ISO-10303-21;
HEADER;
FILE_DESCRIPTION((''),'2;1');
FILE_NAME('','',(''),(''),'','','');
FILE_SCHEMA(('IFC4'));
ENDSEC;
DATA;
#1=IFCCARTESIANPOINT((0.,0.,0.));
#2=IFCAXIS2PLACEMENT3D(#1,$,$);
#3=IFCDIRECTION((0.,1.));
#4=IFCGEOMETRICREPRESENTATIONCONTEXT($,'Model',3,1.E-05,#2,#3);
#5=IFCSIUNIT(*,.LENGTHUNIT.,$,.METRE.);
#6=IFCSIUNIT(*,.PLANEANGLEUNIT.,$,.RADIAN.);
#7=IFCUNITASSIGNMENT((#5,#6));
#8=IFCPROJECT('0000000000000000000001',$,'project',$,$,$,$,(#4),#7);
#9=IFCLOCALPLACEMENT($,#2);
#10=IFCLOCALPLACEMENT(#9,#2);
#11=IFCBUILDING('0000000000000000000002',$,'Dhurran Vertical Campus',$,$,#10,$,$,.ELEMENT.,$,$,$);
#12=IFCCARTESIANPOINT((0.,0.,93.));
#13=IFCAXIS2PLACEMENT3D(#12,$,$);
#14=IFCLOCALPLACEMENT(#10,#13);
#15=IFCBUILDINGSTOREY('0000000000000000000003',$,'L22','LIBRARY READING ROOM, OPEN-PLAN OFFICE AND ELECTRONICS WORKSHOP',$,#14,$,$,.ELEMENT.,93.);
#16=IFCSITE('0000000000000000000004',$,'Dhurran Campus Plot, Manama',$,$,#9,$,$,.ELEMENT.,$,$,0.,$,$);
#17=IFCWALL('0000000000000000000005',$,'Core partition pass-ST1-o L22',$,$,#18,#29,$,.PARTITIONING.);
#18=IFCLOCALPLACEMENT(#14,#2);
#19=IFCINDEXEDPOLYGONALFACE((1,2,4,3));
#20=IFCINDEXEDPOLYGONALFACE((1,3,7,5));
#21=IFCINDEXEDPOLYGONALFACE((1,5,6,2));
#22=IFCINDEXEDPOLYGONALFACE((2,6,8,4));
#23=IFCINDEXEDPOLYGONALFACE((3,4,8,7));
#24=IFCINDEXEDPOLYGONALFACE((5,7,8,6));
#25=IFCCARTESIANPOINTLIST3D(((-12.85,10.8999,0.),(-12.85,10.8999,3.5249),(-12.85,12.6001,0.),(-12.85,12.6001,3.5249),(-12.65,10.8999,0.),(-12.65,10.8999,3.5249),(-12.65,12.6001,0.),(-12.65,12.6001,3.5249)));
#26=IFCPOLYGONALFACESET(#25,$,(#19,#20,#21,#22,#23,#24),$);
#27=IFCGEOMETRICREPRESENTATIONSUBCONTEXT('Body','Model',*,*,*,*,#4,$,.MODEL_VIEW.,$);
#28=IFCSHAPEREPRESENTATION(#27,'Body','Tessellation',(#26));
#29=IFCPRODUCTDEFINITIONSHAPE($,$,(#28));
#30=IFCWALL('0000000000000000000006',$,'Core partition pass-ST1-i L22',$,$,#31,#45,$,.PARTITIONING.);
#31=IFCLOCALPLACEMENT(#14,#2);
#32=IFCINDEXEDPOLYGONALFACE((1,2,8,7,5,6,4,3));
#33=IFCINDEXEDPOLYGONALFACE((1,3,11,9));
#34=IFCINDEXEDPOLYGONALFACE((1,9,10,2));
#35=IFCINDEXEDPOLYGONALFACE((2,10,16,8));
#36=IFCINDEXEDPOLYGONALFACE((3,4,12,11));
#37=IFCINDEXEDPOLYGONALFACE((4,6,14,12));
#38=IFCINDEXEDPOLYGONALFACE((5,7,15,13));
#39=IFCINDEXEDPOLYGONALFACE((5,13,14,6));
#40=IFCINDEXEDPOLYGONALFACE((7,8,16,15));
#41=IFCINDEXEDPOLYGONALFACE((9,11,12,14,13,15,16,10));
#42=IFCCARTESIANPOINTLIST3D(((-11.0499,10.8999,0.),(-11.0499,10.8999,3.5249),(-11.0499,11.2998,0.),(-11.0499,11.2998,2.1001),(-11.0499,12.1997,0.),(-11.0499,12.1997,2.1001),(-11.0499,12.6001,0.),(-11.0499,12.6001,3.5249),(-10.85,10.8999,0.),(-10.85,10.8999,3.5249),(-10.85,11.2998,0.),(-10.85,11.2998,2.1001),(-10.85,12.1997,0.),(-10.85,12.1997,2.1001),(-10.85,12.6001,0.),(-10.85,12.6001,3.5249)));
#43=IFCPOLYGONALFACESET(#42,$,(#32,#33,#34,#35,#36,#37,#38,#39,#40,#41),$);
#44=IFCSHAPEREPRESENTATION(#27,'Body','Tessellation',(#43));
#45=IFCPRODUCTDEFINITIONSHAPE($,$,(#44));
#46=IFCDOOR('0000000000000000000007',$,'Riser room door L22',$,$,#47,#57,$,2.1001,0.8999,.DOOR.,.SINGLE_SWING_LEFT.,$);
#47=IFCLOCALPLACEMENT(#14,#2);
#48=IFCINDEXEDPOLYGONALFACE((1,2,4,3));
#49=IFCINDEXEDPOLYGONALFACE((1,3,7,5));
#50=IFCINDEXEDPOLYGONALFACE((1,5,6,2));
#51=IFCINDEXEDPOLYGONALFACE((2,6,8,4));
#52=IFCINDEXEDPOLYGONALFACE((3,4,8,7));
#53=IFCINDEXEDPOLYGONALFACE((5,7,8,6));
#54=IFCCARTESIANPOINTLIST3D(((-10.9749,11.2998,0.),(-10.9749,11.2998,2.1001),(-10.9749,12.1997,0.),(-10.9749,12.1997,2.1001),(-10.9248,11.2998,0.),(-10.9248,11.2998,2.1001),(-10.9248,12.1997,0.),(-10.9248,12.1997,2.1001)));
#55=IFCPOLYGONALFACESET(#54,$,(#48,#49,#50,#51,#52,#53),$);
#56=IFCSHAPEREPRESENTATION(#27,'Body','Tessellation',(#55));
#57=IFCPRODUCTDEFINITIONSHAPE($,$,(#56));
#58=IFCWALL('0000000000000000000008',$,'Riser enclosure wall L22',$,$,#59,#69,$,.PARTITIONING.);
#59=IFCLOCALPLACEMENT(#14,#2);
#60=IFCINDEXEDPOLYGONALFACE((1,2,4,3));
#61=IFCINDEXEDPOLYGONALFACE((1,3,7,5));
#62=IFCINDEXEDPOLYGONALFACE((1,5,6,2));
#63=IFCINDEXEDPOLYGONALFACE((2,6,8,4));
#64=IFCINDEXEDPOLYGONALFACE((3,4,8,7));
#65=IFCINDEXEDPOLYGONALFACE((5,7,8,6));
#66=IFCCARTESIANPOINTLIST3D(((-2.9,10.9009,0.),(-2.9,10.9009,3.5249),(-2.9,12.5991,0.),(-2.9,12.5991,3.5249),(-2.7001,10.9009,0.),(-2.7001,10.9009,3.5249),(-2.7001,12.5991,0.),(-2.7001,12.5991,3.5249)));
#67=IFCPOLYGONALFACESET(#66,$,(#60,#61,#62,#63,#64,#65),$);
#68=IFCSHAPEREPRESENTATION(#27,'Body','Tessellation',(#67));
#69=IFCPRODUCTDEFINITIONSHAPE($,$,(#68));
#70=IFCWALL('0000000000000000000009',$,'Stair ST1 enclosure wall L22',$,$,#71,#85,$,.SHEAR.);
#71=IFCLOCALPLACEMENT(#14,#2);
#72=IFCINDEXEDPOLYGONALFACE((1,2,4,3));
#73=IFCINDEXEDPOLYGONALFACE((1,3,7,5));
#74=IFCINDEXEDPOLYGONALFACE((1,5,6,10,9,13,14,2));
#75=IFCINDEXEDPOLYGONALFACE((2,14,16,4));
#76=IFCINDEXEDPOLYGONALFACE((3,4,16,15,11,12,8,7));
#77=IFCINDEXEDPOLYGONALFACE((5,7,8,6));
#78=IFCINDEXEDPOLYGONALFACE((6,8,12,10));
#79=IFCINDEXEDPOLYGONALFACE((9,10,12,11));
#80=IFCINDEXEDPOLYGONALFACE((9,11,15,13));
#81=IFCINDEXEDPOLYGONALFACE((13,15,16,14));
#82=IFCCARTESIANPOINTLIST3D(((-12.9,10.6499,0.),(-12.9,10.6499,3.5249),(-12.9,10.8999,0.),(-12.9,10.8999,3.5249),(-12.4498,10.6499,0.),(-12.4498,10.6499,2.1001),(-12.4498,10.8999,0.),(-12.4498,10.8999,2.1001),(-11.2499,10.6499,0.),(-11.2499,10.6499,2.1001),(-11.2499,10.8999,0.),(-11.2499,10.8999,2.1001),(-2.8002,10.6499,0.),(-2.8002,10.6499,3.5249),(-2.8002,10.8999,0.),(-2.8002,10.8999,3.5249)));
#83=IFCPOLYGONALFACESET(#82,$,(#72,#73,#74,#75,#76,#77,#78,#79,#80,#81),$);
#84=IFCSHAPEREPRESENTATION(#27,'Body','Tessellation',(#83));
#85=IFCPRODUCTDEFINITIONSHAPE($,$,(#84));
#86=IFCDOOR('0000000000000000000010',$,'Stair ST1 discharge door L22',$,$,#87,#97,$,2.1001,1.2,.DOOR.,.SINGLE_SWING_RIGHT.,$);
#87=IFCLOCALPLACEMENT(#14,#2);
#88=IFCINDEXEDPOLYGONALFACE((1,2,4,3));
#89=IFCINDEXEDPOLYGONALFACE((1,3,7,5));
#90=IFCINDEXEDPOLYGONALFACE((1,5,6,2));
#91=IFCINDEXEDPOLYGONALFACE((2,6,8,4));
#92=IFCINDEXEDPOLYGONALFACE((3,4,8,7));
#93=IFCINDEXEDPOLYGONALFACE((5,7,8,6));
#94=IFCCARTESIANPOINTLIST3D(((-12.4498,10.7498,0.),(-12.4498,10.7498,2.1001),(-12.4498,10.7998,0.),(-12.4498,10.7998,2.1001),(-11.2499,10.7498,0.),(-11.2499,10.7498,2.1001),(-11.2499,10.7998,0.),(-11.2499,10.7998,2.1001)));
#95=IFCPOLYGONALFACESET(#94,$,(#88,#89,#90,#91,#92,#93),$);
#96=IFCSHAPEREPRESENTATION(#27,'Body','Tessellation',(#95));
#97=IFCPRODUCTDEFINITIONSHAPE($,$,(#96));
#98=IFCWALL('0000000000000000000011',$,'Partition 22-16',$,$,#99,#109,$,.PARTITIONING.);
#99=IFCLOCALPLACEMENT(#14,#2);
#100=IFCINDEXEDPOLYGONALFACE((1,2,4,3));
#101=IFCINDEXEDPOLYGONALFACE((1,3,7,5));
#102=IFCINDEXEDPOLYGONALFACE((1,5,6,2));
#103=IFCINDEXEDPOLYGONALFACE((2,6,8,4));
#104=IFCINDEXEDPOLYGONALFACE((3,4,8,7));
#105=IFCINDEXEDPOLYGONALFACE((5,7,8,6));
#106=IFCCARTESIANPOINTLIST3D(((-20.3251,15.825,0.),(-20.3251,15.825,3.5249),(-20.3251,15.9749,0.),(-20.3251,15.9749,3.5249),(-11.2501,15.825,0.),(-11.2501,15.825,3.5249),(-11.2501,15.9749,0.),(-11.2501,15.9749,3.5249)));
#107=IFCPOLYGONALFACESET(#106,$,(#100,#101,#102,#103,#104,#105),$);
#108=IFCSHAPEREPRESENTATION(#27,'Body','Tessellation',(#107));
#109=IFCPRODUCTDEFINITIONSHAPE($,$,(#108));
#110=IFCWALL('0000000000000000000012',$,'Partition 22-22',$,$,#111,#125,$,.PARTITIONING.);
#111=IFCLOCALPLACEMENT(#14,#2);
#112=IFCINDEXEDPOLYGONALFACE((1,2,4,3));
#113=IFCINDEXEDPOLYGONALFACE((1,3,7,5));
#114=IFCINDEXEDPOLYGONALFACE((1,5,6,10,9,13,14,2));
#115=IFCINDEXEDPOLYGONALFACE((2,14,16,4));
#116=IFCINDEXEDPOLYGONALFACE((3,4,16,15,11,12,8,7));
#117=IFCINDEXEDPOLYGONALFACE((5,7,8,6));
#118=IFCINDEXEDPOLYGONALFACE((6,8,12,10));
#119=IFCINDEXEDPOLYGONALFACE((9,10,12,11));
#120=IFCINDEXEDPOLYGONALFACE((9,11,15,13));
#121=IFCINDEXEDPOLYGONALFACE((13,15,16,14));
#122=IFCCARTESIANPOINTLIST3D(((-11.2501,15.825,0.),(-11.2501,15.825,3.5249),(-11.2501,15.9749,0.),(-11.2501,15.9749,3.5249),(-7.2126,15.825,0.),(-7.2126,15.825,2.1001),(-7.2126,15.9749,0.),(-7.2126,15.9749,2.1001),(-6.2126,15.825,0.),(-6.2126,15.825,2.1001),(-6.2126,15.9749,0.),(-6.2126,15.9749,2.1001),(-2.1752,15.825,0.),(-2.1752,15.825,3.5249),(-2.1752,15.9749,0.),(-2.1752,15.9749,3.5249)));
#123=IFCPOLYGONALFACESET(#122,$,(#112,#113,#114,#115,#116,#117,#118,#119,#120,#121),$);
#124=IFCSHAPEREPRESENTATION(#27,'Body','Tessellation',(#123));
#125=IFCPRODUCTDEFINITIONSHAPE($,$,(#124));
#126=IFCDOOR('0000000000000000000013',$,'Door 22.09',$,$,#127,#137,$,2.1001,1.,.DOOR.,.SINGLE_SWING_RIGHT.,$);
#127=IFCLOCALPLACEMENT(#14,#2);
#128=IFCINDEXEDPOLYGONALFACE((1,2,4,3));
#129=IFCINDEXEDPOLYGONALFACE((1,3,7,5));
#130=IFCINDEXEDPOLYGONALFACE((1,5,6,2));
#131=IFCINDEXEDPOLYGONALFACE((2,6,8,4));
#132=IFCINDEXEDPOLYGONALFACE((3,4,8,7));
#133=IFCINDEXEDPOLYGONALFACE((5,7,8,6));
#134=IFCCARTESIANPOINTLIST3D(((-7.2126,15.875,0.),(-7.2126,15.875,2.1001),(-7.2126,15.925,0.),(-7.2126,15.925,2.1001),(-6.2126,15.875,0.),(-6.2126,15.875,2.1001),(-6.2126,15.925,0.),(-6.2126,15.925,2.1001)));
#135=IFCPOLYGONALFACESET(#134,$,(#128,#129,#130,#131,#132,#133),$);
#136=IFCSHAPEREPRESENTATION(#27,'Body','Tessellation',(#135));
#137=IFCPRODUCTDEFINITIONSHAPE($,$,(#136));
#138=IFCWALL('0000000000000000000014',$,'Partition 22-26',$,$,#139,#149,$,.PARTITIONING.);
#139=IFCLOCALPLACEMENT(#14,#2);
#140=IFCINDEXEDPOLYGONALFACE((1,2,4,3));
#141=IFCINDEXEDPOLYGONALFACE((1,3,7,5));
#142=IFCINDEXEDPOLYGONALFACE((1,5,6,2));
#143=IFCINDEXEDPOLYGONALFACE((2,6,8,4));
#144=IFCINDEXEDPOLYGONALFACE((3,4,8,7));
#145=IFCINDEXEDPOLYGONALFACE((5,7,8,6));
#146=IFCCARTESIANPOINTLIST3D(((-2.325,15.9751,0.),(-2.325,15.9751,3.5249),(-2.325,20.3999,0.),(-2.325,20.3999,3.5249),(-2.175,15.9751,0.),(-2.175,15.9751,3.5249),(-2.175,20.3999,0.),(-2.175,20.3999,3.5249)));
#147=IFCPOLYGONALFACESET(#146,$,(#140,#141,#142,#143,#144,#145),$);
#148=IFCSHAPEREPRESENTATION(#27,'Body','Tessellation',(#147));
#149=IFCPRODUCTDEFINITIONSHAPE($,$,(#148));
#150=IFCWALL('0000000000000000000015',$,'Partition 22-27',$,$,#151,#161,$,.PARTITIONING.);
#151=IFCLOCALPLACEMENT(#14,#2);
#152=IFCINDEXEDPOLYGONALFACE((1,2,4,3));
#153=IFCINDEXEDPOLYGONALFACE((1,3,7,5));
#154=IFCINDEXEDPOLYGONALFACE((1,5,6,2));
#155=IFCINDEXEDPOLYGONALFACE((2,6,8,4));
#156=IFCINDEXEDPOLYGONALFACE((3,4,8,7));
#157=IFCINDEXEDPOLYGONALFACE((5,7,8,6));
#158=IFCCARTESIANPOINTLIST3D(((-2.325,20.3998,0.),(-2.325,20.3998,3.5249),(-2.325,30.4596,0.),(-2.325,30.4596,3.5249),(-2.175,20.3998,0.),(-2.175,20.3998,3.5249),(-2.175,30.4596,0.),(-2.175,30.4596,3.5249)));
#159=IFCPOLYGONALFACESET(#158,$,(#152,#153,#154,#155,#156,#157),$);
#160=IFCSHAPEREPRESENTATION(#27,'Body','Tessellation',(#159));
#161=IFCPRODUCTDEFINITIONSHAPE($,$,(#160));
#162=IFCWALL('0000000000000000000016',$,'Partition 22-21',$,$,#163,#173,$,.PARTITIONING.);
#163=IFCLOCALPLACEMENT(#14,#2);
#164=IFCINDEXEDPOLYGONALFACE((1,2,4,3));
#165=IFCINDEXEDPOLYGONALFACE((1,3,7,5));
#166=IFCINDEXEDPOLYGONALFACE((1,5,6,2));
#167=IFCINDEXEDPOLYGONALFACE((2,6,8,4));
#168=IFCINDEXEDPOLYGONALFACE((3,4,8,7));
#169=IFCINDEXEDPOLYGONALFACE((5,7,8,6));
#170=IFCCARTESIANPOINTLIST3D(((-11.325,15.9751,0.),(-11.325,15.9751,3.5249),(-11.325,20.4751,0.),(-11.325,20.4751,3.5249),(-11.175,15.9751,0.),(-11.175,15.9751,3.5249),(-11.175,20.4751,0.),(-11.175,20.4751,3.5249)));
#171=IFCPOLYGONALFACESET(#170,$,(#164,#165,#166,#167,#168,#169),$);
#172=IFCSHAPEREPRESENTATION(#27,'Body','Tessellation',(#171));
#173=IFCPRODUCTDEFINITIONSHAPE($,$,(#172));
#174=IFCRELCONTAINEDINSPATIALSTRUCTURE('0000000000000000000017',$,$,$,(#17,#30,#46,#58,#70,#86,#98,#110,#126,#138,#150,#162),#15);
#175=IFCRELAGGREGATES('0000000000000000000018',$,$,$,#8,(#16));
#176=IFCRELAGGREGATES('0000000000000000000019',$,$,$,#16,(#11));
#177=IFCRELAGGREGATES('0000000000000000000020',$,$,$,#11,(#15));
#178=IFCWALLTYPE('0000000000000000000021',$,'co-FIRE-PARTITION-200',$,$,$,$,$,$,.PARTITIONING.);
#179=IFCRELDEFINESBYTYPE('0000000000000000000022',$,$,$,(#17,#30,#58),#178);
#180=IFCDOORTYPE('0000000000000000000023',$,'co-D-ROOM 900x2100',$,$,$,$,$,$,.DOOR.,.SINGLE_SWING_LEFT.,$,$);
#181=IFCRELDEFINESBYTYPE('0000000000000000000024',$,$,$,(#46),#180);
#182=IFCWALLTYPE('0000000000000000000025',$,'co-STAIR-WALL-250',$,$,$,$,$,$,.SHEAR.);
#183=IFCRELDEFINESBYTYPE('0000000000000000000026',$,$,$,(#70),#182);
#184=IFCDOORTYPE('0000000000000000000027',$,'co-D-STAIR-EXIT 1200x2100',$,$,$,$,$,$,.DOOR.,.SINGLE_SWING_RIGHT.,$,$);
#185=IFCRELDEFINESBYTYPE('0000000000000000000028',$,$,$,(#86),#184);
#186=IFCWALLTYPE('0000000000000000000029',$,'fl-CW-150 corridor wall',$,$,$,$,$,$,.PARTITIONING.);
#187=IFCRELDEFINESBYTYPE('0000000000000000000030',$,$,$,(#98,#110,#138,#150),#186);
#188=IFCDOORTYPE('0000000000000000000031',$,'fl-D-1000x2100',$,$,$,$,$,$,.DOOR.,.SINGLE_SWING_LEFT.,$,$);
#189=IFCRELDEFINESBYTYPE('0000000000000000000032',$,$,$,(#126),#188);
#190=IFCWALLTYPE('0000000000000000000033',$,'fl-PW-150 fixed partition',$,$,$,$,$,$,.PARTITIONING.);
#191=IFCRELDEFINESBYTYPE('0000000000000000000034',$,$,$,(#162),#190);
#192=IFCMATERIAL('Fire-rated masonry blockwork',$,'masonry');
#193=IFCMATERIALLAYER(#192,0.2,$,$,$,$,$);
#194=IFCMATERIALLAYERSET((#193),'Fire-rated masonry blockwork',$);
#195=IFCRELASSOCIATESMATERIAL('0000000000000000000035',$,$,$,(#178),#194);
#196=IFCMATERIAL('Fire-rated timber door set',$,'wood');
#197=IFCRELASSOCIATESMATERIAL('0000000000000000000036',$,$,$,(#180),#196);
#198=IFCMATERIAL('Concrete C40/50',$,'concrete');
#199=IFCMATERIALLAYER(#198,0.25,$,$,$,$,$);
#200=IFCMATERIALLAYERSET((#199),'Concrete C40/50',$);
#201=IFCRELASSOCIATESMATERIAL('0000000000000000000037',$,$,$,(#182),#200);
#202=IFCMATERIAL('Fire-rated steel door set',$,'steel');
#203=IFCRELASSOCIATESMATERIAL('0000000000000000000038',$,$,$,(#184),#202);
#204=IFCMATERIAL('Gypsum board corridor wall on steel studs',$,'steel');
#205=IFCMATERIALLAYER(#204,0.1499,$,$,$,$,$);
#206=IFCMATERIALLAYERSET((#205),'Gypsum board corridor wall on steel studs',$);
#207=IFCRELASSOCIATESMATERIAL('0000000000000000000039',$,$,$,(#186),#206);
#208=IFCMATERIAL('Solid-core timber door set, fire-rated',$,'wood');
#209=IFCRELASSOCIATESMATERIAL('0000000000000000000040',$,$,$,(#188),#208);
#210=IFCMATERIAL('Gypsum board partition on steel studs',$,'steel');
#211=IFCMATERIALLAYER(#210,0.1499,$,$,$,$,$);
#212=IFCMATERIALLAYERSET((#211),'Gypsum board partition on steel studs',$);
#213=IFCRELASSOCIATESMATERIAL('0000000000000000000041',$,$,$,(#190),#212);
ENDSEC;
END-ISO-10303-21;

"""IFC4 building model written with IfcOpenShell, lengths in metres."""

from ifc_helpers import new_model, si_unit, direction, frame, frame_2d, origin, place, context, subcontext, project, spatial, rectangle, extrude, material, layer, layer_set, type_object, element, fill, save


model = new_model("IFC4")

# Units and contexts
model_context = context("Model", 3, precision=1e-05, world=origin(), true_north=direction((0.0, 1.0)))
body_context = subcontext(model_context, "Body", "Model", "MODEL_VIEW")
ifc_project = project(units=[si_unit("LENGTHUNIT", "METRE"), si_unit("PLANEANGLEUNIT", "RADIAN")], contexts=[model_context])

# Site, building, storey
site_placement = place(None, origin())
site = spatial("IfcSite", under=ifc_project, at=site_placement, Name="Dhurran Campus Plot, Manama", CompositionType="ELEMENT", RefElevation=0.0)
building_placement = place(site_placement, origin())
building = spatial("IfcBuilding", under=site, at=building_placement, Name="Dhurran Vertical Campus", CompositionType="ELEMENT")
storey_placement = place(building_placement, frame((0.0, 0.0, 93.0)))
storey = spatial("IfcBuildingStorey", under=building, at=storey_placement, Name="L22", Description="LIBRARY READING ROOM, OPEN-PLAN OFFICE AND ELECTRONICS WORKSHOP", CompositionType="ELEMENT", Elevation=93.0)

# Wall
ifc_material_1 = material(Name="Fire-rated masonry blockwork", Category="masonry")
ifc_layer_1 = layer(ifc_material_1, 0.2)
ifc_layer_set_1 = layer_set([ifc_layer_1], Name="Fire-rated masonry blockwork")
wall_type_1 = type_object("IfcWallType", Name="co-FIRE-PARTITION-200", PredefinedType="PARTITIONING", material=ifc_layer_set_1)
wall_1_placement = place(storey_placement, frame((-12.75, 10.8999, 0.0), z_axis=(0.0, 0.0, 1.0), x_axis=(0.0, 1.0, 0.0)))
element("IfcWall", 1, at=wall_1_placement, inside=storey, type_object=wall_type_1, Name="Core partition pass-ST1-o L22", PredefinedType="PARTITIONING", context=body_context, shape_type="SweptSolid", body=[
    extrude(rectangle(XDim=1.7002, YDim=0.2, at=frame_2d((0.8501, 0.0))), origin(), (0.0, 0.0, 1.0), 3.5249),
])

# Wall, opening, door
wall_2_placement = place(storey_placement, frame((-10.95, 10.8999, 0.0), z_axis=(0.0, 0.0, 1.0), x_axis=(0.0, 1.0, 0.0)))
wall_2 = element("IfcWall", 2, at=wall_2_placement, inside=storey, type_object=wall_type_1, Name="Core partition pass-ST1-i L22", PredefinedType="PARTITIONING", context=body_context, shape_type="SweptSolid", body=[
    extrude(rectangle(XDim=1.7002, YDim=0.2, at=frame_2d((0.8501, 0.0))), origin(), (0.0, 0.0, 1.0), 3.5249),
])
opening_1_placement = place(wall_2_placement, frame((0.3999, 0.0, 0.0)))
opening_1 = element("IfcOpeningElement", 3, at=opening_1_placement, cuts=wall_2, PredefinedType="OPENING", context=body_context, shape_type="SweptSolid", body=[
    extrude(rectangle(XDim=0.8999, YDim=2.1001, at=frame_2d((0.45, 1.05))), frame((0.0, 0.1099, 0.0), z_axis=(0.0, -1.0, 0.0), x_axis=(1.0, 0.0, 0.0)), (0.0, 0.0, 1.0), 0.22),
])
ifc_material_2 = material(Name="Fire-rated timber door set", Category="wood")
door_type_1 = type_object("IfcDoorType", Name="co-D-ROOM 900x2100", OperationType="SINGLE_SWING_LEFT", PredefinedType="DOOR", material=ifc_material_2)
door_1_placement = place(opening_1_placement, origin())
door_1 = element("IfcDoor", 4, at=door_1_placement, inside=storey, type_object=door_type_1, Name="Riser room door L22", OperationType="SINGLE_SWING_LEFT", OverallHeight=2.1001, OverallWidth=0.8999, PredefinedType="DOOR", context=body_context, shape_type="SweptSolid", body=[
    extrude(rectangle(XDim=0.8999, YDim=2.1001, at=frame_2d((0.45, 1.05))), frame((0.0, 0.0249, 0.0), z_axis=(0.0, -1.0, 0.0), x_axis=(1.0, 0.0, 0.0)), (0.0, 0.0, 1.0), 0.05),
])
fill(opening_1, door_1)

# Wall
wall_3_placement = place(storey_placement, frame((-2.8, 10.9009, 0.0), z_axis=(0.0, 0.0, 1.0), x_axis=(0.0, 1.0, 0.0)))
element("IfcWall", 5, at=wall_3_placement, inside=storey, type_object=wall_type_1, Name="Riser enclosure wall L22", PredefinedType="PARTITIONING", context=body_context, shape_type="SweptSolid", body=[
    extrude(rectangle(XDim=1.6982, YDim=0.2, at=frame_2d((0.8491, 0.0))), origin(), (0.0, 0.0, 1.0), 3.5249),
])

# Wall, opening, door
ifc_material_3 = material(Name="Concrete C40/50", Category="concrete")
ifc_layer_2 = layer(ifc_material_3, 0.25)
ifc_layer_set_2 = layer_set([ifc_layer_2], Name="Concrete C40/50")
wall_type_2 = type_object("IfcWallType", Name="co-STAIR-WALL-250", PredefinedType="SHEAR", material=ifc_layer_set_2)
wall_4_placement = place(storey_placement, frame((-12.8999, 10.7749, 0.0), z_axis=(0.0, 0.0, 1.0), x_axis=(1.0, 0.0, 0.0)))
wall_4 = element("IfcWall", 6, at=wall_4_placement, inside=storey, type_object=wall_type_2, Name="Stair ST1 enclosure wall L22", PredefinedType="SHEAR", context=body_context, shape_type="SweptSolid", body=[
    extrude(rectangle(XDim=10.0999, YDim=0.25, at=frame_2d((5.0498, 0.0))), origin(), (0.0, 0.0, 1.0), 3.5249),
])
opening_2_placement = place(wall_4_placement, frame((0.45, 0.0, 0.0)))
opening_2 = element("IfcOpeningElement", 7, at=opening_2_placement, cuts=wall_4, PredefinedType="OPENING", context=body_context, shape_type="SweptSolid", body=[
    extrude(rectangle(XDim=1.2, YDim=2.1001, at=frame_2d((0.6001, 1.05))), frame((0.0, 0.135, 0.0), z_axis=(0.0, -1.0, 0.0), x_axis=(1.0, 0.0, 0.0)), (0.0, 0.0, 1.0), 0.27),
])
ifc_material_4 = material(Name="Fire-rated steel door set", Category="steel")
door_type_2 = type_object("IfcDoorType", Name="co-D-STAIR-EXIT 1200x2100", OperationType="SINGLE_SWING_RIGHT", PredefinedType="DOOR", material=ifc_material_4)
door_2_placement = place(opening_2_placement, origin())
door_2 = element("IfcDoor", 8, at=door_2_placement, inside=storey, type_object=door_type_2, Name="Stair ST1 discharge door L22", OperationType="SINGLE_SWING_RIGHT", OverallHeight=2.1001, OverallWidth=1.2, PredefinedType="DOOR", context=body_context, shape_type="SweptSolid", body=[
    extrude(rectangle(XDim=1.2, YDim=2.1001, at=frame_2d((0.6001, 1.05))), frame((0.0, 0.0249, 0.0), z_axis=(0.0, -1.0, 0.0), x_axis=(1.0, 0.0, 0.0)), (0.0, 0.0, 1.0), 0.05),
])
fill(opening_2, door_2)

# Wall
ifc_material_5 = material(Name="Gypsum board corridor wall on steel studs", Category="steel")
ifc_layer_3 = layer(ifc_material_5, 0.1499)
ifc_layer_set_3 = layer_set([ifc_layer_3], Name="Gypsum board corridor wall on steel studs")
wall_type_3 = type_object("IfcWallType", Name="fl-CW-150 corridor wall", PredefinedType="PARTITIONING", material=ifc_layer_set_3)
wall_5_placement = place(storey_placement, frame((-11.25, 15.8999, 0.0), z_axis=(0.0, 0.0, 1.0), x_axis=(-1.0, 0.0, 0.0)))
element("IfcWall", 9, at=wall_5_placement, inside=storey, type_object=wall_type_3, Name="Partition 22-16", PredefinedType="PARTITIONING", context=body_context, shape_type="SweptSolid", body=[
    extrude(rectangle(XDim=9.075, YDim=0.1499, at=frame_2d((4.5376, 0.0))), origin(), (0.0, 0.0, 1.0), 3.5249),
])

# Wall, opening, door
wall_6_placement = place(storey_placement, frame((-2.175, 15.8999, 0.0), z_axis=(0.0, 0.0, 1.0), x_axis=(-1.0, 0.0, 0.0)))
wall_6 = element("IfcWall", 10, at=wall_6_placement, inside=storey, type_object=wall_type_3, Name="Partition 22-22", PredefinedType="PARTITIONING", context=body_context, shape_type="SweptSolid", body=[
    extrude(rectangle(XDim=9.075, YDim=0.1499, at=frame_2d((4.5376, 0.0))), origin(), (0.0, 0.0, 1.0), 3.5249),
])
opening_3_placement = place(wall_6_placement, frame((4.0376, 0.0, 0.0)))
opening_3 = element("IfcOpeningElement", 11, at=opening_3_placement, cuts=wall_6, PredefinedType="OPENING", context=body_context, shape_type="SweptSolid", body=[
    extrude(rectangle(XDim=1.0, YDim=2.1001, at=frame_2d((0.5, 1.05))), frame((0.0, 0.085, 0.0), z_axis=(0.0, -1.0, 0.0), x_axis=(1.0, 0.0, 0.0)), (0.0, 0.0, 1.0), 0.1699),
])
ifc_material_6 = material(Name="Solid-core timber door set, fire-rated", Category="wood")
door_type_3 = type_object("IfcDoorType", Name="fl-D-1000x2100", OperationType="SINGLE_SWING_LEFT", PredefinedType="DOOR", material=ifc_material_6)
door_3_placement = place(opening_3_placement, origin())
door_3 = element("IfcDoor", 12, at=door_3_placement, inside=storey, type_object=door_type_3, Name="Door 22.09", OperationType="SINGLE_SWING_RIGHT", OverallHeight=2.1001, OverallWidth=1.0, PredefinedType="DOOR", context=body_context, shape_type="SweptSolid", body=[
    extrude(rectangle(XDim=1.0, YDim=2.1001, at=frame_2d((0.5, 1.05))), frame((0.0, 0.0249, 0.0), z_axis=(0.0, -1.0, 0.0), x_axis=(1.0, 0.0, 0.0)), (0.0, 0.0, 1.0), 0.05),
])
fill(opening_3, door_3)

# Walls
wall_7_placement = place(storey_placement, frame((-2.25, 15.9751, 0.0), z_axis=(0.0, 0.0, 1.0), x_axis=(0.0, 1.0, 0.0)))
element("IfcWall", 13, at=wall_7_placement, inside=storey, type_object=wall_type_3, Name="Partition 22-26", PredefinedType="PARTITIONING", context=body_context, shape_type="SweptSolid", body=[
    extrude(rectangle(XDim=4.4248, YDim=0.1499, at=frame_2d((2.2124, 0.0))), origin(), (0.0, 0.0, 1.0), 3.5249),
])
wall_8_placement = place(storey_placement, frame((-2.25, 20.3999, 0.0), z_axis=(0.0, 0.0, 1.0), x_axis=(0.0, 1.0, 0.0)))
element("IfcWall", 14, at=wall_8_placement, inside=storey, type_object=wall_type_3, Name="Partition 22-27", PredefinedType="PARTITIONING", context=body_context, shape_type="SweptSolid", body=[
    extrude(rectangle(XDim=10.0598, YDim=0.1499, at=frame_2d((5.0298, 0.0))), origin(), (0.0, 0.0, 1.0), 3.5249),
])
ifc_material_7 = material(Name="Gypsum board partition on steel studs", Category="steel")
ifc_layer_4 = layer(ifc_material_7, 0.1499)
ifc_layer_set_4 = layer_set([ifc_layer_4], Name="Gypsum board partition on steel studs")
wall_type_4 = type_object("IfcWallType", Name="fl-PW-150 fixed partition", PredefinedType="PARTITIONING", material=ifc_layer_set_4)
wall_9_placement = place(storey_placement, frame((-11.25, 20.4751, 0.0), z_axis=(0.0, 0.0, 1.0), x_axis=(0.0, -1.0, 0.0)))
element("IfcWall", 15, at=wall_9_placement, inside=storey, type_object=wall_type_4, Name="Partition 22-21", PredefinedType="PARTITIONING", context=body_context, shape_type="SweptSolid", body=[
    extrude(rectangle(XDim=4.5, YDim=0.1499, at=frame_2d((2.25, 0.0))), origin(), (0.0, 0.0, 1.0), 3.5249),
])

save(model, "model.ifc")
